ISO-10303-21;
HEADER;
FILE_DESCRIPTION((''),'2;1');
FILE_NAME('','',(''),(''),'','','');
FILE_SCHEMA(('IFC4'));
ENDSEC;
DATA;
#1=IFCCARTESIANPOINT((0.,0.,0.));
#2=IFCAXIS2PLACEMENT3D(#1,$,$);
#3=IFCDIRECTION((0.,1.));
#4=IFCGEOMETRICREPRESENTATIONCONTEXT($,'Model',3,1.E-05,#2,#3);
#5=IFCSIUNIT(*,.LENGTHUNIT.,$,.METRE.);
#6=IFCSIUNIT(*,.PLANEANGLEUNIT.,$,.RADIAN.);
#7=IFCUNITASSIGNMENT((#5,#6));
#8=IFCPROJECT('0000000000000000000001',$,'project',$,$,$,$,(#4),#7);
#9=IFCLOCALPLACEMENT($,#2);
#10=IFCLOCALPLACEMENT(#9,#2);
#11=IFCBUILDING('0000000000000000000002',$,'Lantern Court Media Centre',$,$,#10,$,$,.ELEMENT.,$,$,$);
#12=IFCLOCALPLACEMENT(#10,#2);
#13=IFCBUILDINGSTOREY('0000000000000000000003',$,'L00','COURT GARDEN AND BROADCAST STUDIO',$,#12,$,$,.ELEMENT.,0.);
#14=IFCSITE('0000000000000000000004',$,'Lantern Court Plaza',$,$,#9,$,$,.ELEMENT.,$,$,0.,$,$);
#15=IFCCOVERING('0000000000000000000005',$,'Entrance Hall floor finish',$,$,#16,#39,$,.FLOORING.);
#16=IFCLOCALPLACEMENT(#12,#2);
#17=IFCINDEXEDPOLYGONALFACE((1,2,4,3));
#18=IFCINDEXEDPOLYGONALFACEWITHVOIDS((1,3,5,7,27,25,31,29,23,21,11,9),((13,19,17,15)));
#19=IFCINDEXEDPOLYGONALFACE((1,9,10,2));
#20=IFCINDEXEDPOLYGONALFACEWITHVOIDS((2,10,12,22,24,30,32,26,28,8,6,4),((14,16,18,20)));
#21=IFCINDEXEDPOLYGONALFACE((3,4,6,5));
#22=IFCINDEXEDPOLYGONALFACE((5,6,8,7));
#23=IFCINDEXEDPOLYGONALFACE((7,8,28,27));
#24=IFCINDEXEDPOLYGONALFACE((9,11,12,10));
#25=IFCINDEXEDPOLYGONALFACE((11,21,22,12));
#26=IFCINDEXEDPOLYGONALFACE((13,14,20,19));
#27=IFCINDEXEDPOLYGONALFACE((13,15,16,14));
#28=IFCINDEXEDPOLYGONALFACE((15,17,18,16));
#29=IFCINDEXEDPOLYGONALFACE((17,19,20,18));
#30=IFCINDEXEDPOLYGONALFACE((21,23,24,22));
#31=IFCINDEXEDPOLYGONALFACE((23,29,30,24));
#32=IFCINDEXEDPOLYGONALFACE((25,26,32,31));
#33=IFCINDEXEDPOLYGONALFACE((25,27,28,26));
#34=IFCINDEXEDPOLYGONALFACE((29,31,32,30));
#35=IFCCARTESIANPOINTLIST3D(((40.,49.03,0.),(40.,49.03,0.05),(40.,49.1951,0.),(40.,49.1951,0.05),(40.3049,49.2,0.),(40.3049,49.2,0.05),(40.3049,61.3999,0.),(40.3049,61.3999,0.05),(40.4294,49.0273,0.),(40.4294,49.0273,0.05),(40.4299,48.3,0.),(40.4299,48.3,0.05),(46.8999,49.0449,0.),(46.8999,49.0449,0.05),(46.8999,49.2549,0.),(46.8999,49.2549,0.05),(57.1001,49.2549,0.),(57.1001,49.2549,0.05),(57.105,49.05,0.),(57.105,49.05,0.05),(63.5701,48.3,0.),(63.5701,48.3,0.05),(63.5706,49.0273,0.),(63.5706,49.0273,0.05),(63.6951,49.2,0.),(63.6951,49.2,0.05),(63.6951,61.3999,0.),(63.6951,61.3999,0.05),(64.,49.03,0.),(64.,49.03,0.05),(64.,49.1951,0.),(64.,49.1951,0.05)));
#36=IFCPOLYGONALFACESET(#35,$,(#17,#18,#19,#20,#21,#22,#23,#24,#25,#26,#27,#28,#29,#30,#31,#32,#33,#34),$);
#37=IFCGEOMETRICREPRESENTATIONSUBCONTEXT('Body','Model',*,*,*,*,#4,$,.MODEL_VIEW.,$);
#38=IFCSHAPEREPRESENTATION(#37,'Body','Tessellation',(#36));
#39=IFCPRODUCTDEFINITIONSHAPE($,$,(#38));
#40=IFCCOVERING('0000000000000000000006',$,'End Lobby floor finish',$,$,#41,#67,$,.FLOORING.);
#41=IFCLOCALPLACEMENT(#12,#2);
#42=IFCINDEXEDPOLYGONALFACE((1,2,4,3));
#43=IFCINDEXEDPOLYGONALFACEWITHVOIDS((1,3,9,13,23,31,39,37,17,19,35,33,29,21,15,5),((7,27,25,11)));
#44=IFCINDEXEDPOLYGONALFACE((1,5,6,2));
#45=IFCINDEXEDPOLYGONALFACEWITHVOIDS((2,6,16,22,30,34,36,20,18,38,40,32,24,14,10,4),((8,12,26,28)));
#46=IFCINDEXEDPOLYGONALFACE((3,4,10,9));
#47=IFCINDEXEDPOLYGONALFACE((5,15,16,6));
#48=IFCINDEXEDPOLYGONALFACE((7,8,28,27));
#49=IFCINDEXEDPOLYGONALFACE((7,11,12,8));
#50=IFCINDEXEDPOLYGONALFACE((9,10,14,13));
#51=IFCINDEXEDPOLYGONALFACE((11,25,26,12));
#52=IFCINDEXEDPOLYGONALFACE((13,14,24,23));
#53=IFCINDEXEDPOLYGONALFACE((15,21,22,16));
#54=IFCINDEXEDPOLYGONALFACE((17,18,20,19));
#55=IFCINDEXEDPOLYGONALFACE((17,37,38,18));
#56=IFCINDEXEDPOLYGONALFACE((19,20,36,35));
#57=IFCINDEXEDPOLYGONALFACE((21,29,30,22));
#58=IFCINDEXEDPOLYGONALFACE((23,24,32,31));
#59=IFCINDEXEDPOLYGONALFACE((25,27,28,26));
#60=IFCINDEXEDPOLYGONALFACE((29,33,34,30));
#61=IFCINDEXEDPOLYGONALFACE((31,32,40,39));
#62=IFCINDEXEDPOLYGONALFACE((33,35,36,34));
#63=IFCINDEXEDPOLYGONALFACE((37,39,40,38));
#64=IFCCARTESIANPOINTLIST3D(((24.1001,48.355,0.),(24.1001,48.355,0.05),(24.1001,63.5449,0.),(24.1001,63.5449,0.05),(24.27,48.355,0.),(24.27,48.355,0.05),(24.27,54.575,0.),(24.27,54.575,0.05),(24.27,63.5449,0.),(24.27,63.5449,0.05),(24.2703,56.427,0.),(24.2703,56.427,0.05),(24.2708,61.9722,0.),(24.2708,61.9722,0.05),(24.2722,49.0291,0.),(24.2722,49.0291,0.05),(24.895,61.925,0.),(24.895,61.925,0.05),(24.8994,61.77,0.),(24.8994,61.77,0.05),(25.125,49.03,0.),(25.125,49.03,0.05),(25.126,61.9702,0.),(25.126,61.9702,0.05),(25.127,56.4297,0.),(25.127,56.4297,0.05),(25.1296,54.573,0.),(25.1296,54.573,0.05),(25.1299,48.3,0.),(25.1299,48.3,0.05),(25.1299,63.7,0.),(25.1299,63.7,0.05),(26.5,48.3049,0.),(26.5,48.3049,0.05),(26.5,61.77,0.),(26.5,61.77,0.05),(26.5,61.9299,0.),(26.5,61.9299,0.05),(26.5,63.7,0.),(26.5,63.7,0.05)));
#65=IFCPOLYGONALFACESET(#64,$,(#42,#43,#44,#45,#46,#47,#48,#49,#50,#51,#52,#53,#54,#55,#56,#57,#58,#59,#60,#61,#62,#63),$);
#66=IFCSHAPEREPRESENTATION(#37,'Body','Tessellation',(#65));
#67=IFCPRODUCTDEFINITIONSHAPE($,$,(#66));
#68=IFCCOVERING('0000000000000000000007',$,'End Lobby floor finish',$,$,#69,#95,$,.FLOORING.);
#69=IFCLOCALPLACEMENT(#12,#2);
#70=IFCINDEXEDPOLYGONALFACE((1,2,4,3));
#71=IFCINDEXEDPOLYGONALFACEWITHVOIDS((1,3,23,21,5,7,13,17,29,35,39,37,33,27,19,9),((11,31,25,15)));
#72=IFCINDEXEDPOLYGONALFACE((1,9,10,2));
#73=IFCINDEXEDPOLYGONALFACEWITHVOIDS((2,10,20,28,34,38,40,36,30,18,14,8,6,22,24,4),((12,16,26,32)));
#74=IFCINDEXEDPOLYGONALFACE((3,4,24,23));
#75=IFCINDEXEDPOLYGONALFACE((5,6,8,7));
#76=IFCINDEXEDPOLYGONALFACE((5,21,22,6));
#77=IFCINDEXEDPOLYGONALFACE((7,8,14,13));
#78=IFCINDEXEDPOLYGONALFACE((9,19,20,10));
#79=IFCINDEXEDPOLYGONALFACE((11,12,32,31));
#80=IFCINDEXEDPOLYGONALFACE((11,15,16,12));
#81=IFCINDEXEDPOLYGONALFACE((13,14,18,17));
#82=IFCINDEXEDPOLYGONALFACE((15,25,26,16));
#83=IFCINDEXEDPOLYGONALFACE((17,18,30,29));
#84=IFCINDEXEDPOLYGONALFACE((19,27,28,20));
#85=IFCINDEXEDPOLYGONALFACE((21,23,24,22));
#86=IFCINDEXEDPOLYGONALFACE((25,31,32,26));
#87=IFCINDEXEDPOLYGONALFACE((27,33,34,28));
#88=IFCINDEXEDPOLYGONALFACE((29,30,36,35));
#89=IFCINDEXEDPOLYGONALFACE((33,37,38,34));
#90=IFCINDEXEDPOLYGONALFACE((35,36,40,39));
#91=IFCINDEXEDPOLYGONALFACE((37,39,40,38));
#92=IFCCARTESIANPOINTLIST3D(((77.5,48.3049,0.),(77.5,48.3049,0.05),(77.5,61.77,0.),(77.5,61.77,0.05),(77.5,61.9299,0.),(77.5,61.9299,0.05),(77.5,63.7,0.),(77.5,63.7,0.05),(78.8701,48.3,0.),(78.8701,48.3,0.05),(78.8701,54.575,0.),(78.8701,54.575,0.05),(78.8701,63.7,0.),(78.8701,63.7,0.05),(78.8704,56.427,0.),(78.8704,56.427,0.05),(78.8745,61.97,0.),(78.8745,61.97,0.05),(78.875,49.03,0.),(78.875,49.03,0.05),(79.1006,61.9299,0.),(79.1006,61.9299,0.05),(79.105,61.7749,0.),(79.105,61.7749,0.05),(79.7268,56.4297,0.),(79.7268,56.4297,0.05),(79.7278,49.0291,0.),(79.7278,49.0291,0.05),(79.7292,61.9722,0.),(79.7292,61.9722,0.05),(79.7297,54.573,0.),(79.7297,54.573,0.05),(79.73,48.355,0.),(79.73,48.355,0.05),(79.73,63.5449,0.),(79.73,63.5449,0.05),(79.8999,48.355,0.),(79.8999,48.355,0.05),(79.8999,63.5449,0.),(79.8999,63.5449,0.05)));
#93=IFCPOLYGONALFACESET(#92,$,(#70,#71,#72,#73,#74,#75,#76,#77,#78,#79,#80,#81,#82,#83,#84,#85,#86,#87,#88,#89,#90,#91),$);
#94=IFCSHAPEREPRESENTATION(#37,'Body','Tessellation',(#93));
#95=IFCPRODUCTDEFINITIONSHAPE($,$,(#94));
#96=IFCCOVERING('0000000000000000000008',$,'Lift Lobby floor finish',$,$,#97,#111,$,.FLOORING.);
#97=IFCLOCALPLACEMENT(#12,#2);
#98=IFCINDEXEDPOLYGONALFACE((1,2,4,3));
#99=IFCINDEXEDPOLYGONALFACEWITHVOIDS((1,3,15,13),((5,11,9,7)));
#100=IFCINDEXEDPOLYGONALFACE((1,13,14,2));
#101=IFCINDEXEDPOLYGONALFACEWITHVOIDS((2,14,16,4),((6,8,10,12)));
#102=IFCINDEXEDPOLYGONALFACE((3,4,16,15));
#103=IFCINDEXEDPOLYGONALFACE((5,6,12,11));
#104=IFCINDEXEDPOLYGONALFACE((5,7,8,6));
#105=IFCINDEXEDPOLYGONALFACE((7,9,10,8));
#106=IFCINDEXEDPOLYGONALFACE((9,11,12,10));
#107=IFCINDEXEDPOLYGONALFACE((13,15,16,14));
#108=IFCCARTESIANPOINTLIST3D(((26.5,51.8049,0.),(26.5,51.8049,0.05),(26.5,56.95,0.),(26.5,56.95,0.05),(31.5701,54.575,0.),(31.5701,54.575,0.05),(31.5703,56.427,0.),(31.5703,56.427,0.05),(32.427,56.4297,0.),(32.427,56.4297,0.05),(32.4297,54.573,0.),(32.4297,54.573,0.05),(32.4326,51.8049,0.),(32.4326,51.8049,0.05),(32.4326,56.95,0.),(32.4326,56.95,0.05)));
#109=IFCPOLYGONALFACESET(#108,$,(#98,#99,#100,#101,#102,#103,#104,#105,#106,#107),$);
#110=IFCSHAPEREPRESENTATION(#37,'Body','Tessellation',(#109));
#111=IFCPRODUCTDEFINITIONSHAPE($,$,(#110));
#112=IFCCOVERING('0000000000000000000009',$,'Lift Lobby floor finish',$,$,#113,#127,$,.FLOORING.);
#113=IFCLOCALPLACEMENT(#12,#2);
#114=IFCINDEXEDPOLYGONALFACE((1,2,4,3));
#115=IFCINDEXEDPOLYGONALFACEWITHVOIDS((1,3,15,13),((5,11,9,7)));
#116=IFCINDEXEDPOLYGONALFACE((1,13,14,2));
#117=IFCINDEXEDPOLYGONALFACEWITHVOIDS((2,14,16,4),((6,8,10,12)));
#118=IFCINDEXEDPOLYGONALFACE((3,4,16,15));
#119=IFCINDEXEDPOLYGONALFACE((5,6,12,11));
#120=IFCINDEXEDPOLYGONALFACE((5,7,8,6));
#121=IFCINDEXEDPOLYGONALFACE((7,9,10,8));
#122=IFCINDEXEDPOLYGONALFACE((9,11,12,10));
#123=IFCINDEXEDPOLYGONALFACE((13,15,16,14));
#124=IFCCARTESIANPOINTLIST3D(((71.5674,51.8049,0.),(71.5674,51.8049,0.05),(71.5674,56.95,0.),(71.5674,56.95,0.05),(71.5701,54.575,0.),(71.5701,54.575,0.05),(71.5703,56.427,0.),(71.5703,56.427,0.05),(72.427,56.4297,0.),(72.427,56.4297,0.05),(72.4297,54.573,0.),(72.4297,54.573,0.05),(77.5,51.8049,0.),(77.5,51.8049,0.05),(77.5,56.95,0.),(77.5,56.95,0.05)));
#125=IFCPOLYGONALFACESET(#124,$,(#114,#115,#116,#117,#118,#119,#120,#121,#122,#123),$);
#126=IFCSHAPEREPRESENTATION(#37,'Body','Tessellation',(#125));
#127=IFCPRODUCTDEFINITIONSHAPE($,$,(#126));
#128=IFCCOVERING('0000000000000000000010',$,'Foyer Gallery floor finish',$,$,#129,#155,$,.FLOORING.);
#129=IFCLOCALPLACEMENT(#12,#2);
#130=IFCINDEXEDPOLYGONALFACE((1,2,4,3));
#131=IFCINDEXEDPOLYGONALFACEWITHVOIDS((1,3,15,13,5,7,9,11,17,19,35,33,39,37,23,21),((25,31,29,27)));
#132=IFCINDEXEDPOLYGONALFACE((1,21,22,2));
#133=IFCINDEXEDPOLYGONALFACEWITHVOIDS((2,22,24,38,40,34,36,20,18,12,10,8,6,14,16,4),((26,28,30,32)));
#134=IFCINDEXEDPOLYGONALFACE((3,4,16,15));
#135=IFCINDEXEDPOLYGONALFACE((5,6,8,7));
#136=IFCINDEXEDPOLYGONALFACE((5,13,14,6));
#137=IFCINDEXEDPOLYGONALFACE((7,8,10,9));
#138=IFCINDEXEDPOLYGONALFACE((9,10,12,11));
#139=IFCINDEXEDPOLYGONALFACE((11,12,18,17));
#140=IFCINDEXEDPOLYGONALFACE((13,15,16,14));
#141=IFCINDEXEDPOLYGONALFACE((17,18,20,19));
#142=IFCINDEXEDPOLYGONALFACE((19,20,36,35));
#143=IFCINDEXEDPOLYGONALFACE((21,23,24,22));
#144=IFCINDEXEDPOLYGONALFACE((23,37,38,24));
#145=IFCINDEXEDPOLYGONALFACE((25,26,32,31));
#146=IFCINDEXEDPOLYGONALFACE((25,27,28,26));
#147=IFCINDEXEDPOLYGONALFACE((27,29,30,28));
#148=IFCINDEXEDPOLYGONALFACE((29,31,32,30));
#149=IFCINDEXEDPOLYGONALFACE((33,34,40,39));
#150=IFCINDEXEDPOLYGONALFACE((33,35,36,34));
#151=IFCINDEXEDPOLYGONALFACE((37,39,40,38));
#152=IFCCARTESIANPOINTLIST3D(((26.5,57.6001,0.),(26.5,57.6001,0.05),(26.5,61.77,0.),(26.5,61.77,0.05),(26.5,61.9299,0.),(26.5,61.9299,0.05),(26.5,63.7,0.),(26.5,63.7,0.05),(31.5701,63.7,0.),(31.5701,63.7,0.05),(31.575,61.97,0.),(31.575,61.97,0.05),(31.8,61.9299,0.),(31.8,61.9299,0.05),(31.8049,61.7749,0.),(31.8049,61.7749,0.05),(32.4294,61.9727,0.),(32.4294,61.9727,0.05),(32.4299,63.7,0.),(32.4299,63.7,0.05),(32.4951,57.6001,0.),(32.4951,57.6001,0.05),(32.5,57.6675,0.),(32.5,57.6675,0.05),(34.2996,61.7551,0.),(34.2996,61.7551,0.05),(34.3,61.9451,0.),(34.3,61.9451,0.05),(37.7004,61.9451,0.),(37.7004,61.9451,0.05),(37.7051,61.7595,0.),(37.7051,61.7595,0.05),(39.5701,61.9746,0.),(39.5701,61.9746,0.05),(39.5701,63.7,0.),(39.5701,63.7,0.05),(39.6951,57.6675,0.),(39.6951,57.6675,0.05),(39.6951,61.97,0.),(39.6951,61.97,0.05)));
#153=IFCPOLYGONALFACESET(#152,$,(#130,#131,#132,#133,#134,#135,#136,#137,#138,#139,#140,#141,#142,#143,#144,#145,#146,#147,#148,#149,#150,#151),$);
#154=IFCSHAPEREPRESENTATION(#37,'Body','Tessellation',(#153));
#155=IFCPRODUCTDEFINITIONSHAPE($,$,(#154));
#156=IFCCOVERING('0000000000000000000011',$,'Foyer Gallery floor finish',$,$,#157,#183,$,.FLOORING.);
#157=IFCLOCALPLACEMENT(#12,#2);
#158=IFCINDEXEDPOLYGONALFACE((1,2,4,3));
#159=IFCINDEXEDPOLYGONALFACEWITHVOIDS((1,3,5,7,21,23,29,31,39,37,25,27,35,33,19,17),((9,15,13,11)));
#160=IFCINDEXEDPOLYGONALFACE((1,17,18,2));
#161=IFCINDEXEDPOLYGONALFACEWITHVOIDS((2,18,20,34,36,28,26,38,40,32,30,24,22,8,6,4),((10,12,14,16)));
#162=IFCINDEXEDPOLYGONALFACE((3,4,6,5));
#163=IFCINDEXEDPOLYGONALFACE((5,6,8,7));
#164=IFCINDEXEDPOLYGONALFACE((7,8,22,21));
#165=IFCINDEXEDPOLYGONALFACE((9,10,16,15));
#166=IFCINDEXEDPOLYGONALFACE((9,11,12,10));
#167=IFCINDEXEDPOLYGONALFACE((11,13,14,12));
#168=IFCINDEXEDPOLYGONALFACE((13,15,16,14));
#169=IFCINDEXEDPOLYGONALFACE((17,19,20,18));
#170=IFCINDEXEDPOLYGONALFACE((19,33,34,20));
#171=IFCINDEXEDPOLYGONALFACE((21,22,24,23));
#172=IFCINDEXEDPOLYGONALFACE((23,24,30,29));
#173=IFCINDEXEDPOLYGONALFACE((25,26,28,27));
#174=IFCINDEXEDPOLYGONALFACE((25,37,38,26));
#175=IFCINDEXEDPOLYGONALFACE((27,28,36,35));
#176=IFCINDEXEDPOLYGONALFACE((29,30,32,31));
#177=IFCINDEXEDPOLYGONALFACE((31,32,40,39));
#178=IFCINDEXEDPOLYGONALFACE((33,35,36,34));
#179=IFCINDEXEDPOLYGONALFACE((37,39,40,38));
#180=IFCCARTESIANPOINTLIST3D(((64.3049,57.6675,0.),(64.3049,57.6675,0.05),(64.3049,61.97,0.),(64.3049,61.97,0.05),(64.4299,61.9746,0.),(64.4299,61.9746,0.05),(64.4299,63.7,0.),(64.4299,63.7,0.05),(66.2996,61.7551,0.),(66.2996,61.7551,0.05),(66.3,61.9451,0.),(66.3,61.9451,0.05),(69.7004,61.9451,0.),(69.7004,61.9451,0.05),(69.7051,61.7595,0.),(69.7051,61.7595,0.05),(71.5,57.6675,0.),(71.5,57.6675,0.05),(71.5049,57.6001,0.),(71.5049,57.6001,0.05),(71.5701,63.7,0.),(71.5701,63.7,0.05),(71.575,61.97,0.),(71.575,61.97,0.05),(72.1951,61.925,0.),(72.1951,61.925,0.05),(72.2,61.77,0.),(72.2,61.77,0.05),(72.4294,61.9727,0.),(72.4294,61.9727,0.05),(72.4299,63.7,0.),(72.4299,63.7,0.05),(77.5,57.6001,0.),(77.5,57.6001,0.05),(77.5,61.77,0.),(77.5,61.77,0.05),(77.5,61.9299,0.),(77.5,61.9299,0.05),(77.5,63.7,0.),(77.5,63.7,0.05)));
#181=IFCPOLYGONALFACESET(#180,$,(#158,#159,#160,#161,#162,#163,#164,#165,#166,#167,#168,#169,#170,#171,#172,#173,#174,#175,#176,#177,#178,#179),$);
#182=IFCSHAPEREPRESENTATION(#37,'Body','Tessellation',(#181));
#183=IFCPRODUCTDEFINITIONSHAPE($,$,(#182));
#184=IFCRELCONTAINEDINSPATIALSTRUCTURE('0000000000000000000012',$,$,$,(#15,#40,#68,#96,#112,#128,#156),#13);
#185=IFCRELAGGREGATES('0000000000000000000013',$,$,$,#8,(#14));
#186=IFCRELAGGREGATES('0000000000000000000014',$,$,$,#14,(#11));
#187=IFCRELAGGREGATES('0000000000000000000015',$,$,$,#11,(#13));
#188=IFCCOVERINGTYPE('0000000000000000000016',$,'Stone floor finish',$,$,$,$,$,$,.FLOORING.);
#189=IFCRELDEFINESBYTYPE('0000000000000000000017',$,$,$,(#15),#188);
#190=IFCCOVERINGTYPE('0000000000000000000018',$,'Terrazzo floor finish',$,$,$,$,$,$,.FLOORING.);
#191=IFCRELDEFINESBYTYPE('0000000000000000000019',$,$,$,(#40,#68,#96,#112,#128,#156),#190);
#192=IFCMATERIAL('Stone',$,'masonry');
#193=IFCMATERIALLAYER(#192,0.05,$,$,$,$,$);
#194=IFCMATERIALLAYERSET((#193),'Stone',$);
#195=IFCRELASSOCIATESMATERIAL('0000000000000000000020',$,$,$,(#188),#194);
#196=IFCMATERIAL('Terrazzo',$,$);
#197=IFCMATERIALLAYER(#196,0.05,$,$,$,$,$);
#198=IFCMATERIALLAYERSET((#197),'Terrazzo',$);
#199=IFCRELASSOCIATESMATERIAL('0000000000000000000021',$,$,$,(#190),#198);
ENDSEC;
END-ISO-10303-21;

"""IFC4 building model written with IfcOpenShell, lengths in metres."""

from ifc_helpers import new_model, si_unit, direction, origin, place, context, subcontext, project, spatial, polyline, outline, extrude, material, layer, layer_set, type_object, element, save


model = new_model("IFC4")

# Units and contexts
model_context = context("Model", 3, precision=1e-05, world=origin(), true_north=direction((0.0, 1.0)))
body_context = subcontext(model_context, "Body", "Model", "MODEL_VIEW")
ifc_project = project(units=[si_unit("LENGTHUNIT", "METRE"), si_unit("PLANEANGLEUNIT", "RADIAN")], contexts=[model_context])

# Site, building, storey
site_placement = place(None, origin())
site = spatial("IfcSite", under=ifc_project, at=site_placement, Name="Lantern Court Plaza", CompositionType="ELEMENT", RefElevation=0.0)
building_placement = place(site_placement, origin())
building = spatial("IfcBuilding", under=site, at=building_placement, Name="Lantern Court Media Centre", CompositionType="ELEMENT")
storey_placement = place(building_placement, origin())
storey = spatial("IfcBuildingStorey", under=building, at=storey_placement, Name="L00", Description="COURT GARDEN AND BROADCAST STUDIO", CompositionType="ELEMENT", Elevation=0.0)

# Coverings
ifc_material_1 = material(Name="Stone", Category="masonry")
ifc_layer_1 = layer(ifc_material_1, 0.05)
ifc_layer_set_1 = layer_set([ifc_layer_1], Name="Stone")
covering_type_1 = type_object("IfcCoveringType", Name="Stone floor finish", PredefinedType="FLOORING", material=ifc_layer_set_1)
covering_1_placement = place(storey_placement, origin())
element("IfcCovering", 1, at=covering_1_placement, inside=storey, type_object=covering_type_1, Name="Entrance Hall floor finish", PredefinedType="FLOORING", context=body_context, shape_type="SweptSolid", body=[
    extrude(outline(polyline([(64.0, 49.03), (63.5706, 49.0273), (63.5701, 48.3), (40.4299, 48.3), (40.4294, 49.0273), (40.0, 49.03), (40.0, 49.1951), (40.3049, 49.2), (40.3049, 61.3999), (63.6951, 61.3999), (63.6951, 49.2), (64.0, 49.1951), (64.0, 49.03)]), holes=[polyline([(46.8999, 49.2549), (46.8999, 49.0449), (57.105, 49.05), (57.1001, 49.2549), (46.8999, 49.2549)])]), origin(), (0.0, 0.0, 1.0), 0.05),
])
ifc_material_2 = material(Name="Terrazzo")
ifc_layer_2 = layer(ifc_material_2, 0.05)
ifc_layer_set_2 = layer_set([ifc_layer_2], Name="Terrazzo")
covering_type_2 = type_object("IfcCoveringType", Name="Terrazzo floor finish", PredefinedType="FLOORING", material=ifc_layer_set_2)
covering_2_placement = place(storey_placement, origin())
element("IfcCovering", 2, at=covering_2_placement, inside=storey, type_object=covering_type_2, Name="End Lobby floor finish", PredefinedType="FLOORING", context=body_context, shape_type="SweptSolid", body=[
    extrude(outline(polyline([(26.5, 48.3049), (25.1299, 48.3), (25.125, 49.03), (24.2722, 49.0291), (24.27, 48.355), (24.1001, 48.355), (24.1001, 63.5449), (24.27, 63.5449), (24.2708, 61.9722), (25.126, 61.9702), (25.1299, 63.7), (26.5, 63.7), (26.5, 61.9299), (24.895, 61.925), (24.8994, 61.77), (26.5, 61.77), (26.5, 48.3049)]), holes=[polyline([(24.27, 54.575), (25.1296, 54.573), (25.127, 56.4297), (24.2703, 56.427), (24.27, 54.575)])]), origin(), (0.0, 0.0, 1.0), 0.05),
])
covering_3_placement = place(storey_placement, origin())
element("IfcCovering", 3, at=covering_3_placement, inside=storey, type_object=covering_type_2, Name="End Lobby floor finish", PredefinedType="FLOORING", context=body_context, shape_type="SweptSolid", body=[
    extrude(outline(polyline([(79.8999, 48.355), (79.73, 48.355), (79.7278, 49.0291), (78.875, 49.03), (78.8701, 48.3), (77.5, 48.3049), (77.5, 61.77), (79.105, 61.7749), (79.1006, 61.9299), (77.5, 61.9299), (77.5, 63.7), (78.8701, 63.7), (78.8745, 61.97), (79.7292, 61.9722), (79.73, 63.5449), (79.8999, 63.5449), (79.8999, 48.355)]), holes=[polyline([(78.8701, 54.575), (79.7297, 54.573), (79.7268, 56.4297), (78.8704, 56.427), (78.8701, 54.575)])]), origin(), (0.0, 0.0, 1.0), 0.05),
])
covering_4_placement = place(storey_placement, origin())
element("IfcCovering", 4, at=covering_4_placement, inside=storey, type_object=covering_type_2, Name="Lift Lobby floor finish", PredefinedType="FLOORING", context=body_context, shape_type="SweptSolid", body=[
    extrude(outline(polyline([(26.5, 56.95), (32.4326, 56.95), (32.4326, 51.8049), (26.5, 51.8049), (26.5, 56.95)]), holes=[polyline([(31.5701, 54.575), (32.4297, 54.573), (32.427, 56.4297), (31.5703, 56.427), (31.5701, 54.575)])]), origin(), (0.0, 0.0, 1.0), 0.05),
])
covering_5_placement = place(storey_placement, origin())
element("IfcCovering", 5, at=covering_5_placement, inside=storey, type_object=covering_type_2, Name="Lift Lobby floor finish", PredefinedType="FLOORING", context=body_context, shape_type="SweptSolid", body=[
    extrude(outline(polyline([(77.5, 56.95), (77.5, 51.8049), (71.5674, 51.8049), (71.5674, 56.95), (77.5, 56.95)]), holes=[polyline([(71.5701, 54.575), (72.4297, 54.573), (72.427, 56.4297), (71.5703, 56.427), (71.5701, 54.575)])]), origin(), (0.0, 0.0, 1.0), 0.05),
])
covering_6_placement = place(storey_placement, origin())
element("IfcCovering", 6, at=covering_6_placement, inside=storey, type_object=covering_type_2, Name="Foyer Gallery floor finish", PredefinedType="FLOORING", context=body_context, shape_type="SweptSolid", body=[
    extrude(outline(polyline([(39.5701, 63.7), (39.5701, 61.9746), (39.6951, 61.97), (39.6951, 57.6675), (32.5, 57.6675), (32.4951, 57.6001), (26.5, 57.6001), (26.5, 61.77), (31.8049, 61.7749), (31.8, 61.9299), (26.5, 61.9299), (26.5, 63.7), (31.5701, 63.7), (31.575, 61.97), (32.4294, 61.9727), (32.4299, 63.7), (39.5701, 63.7)]), holes=[polyline([(34.3, 61.9451), (34.2996, 61.7551), (37.7051, 61.7595), (37.7004, 61.9451), (34.3, 61.9451)])]), origin(), (0.0, 0.0, 1.0), 0.05),
])
covering_7_placement = place(storey_placement, origin())
element("IfcCovering", 7, at=covering_7_placement, inside=storey, type_object=covering_type_2, Name="Foyer Gallery floor finish", PredefinedType="FLOORING", context=body_context, shape_type="SweptSolid", body=[
    extrude(outline(polyline([(77.5, 57.6001), (71.5049, 57.6001), (71.5, 57.6675), (64.3049, 57.6675), (64.3049, 61.97), (64.4299, 61.9746), (64.4299, 63.7), (71.5701, 63.7), (71.575, 61.97), (72.4294, 61.9727), (72.4299, 63.7), (77.5, 63.7), (77.5, 61.9299), (72.1951, 61.925), (72.2, 61.77), (77.5, 61.77), (77.5, 57.6001)]), holes=[polyline([(66.3, 61.9451), (66.2996, 61.7551), (69.7051, 61.7595), (69.7004, 61.9451), (66.3, 61.9451)])]), origin(), (0.0, 0.0, 1.0), 0.05),
])

save(model, "model.ifc")
